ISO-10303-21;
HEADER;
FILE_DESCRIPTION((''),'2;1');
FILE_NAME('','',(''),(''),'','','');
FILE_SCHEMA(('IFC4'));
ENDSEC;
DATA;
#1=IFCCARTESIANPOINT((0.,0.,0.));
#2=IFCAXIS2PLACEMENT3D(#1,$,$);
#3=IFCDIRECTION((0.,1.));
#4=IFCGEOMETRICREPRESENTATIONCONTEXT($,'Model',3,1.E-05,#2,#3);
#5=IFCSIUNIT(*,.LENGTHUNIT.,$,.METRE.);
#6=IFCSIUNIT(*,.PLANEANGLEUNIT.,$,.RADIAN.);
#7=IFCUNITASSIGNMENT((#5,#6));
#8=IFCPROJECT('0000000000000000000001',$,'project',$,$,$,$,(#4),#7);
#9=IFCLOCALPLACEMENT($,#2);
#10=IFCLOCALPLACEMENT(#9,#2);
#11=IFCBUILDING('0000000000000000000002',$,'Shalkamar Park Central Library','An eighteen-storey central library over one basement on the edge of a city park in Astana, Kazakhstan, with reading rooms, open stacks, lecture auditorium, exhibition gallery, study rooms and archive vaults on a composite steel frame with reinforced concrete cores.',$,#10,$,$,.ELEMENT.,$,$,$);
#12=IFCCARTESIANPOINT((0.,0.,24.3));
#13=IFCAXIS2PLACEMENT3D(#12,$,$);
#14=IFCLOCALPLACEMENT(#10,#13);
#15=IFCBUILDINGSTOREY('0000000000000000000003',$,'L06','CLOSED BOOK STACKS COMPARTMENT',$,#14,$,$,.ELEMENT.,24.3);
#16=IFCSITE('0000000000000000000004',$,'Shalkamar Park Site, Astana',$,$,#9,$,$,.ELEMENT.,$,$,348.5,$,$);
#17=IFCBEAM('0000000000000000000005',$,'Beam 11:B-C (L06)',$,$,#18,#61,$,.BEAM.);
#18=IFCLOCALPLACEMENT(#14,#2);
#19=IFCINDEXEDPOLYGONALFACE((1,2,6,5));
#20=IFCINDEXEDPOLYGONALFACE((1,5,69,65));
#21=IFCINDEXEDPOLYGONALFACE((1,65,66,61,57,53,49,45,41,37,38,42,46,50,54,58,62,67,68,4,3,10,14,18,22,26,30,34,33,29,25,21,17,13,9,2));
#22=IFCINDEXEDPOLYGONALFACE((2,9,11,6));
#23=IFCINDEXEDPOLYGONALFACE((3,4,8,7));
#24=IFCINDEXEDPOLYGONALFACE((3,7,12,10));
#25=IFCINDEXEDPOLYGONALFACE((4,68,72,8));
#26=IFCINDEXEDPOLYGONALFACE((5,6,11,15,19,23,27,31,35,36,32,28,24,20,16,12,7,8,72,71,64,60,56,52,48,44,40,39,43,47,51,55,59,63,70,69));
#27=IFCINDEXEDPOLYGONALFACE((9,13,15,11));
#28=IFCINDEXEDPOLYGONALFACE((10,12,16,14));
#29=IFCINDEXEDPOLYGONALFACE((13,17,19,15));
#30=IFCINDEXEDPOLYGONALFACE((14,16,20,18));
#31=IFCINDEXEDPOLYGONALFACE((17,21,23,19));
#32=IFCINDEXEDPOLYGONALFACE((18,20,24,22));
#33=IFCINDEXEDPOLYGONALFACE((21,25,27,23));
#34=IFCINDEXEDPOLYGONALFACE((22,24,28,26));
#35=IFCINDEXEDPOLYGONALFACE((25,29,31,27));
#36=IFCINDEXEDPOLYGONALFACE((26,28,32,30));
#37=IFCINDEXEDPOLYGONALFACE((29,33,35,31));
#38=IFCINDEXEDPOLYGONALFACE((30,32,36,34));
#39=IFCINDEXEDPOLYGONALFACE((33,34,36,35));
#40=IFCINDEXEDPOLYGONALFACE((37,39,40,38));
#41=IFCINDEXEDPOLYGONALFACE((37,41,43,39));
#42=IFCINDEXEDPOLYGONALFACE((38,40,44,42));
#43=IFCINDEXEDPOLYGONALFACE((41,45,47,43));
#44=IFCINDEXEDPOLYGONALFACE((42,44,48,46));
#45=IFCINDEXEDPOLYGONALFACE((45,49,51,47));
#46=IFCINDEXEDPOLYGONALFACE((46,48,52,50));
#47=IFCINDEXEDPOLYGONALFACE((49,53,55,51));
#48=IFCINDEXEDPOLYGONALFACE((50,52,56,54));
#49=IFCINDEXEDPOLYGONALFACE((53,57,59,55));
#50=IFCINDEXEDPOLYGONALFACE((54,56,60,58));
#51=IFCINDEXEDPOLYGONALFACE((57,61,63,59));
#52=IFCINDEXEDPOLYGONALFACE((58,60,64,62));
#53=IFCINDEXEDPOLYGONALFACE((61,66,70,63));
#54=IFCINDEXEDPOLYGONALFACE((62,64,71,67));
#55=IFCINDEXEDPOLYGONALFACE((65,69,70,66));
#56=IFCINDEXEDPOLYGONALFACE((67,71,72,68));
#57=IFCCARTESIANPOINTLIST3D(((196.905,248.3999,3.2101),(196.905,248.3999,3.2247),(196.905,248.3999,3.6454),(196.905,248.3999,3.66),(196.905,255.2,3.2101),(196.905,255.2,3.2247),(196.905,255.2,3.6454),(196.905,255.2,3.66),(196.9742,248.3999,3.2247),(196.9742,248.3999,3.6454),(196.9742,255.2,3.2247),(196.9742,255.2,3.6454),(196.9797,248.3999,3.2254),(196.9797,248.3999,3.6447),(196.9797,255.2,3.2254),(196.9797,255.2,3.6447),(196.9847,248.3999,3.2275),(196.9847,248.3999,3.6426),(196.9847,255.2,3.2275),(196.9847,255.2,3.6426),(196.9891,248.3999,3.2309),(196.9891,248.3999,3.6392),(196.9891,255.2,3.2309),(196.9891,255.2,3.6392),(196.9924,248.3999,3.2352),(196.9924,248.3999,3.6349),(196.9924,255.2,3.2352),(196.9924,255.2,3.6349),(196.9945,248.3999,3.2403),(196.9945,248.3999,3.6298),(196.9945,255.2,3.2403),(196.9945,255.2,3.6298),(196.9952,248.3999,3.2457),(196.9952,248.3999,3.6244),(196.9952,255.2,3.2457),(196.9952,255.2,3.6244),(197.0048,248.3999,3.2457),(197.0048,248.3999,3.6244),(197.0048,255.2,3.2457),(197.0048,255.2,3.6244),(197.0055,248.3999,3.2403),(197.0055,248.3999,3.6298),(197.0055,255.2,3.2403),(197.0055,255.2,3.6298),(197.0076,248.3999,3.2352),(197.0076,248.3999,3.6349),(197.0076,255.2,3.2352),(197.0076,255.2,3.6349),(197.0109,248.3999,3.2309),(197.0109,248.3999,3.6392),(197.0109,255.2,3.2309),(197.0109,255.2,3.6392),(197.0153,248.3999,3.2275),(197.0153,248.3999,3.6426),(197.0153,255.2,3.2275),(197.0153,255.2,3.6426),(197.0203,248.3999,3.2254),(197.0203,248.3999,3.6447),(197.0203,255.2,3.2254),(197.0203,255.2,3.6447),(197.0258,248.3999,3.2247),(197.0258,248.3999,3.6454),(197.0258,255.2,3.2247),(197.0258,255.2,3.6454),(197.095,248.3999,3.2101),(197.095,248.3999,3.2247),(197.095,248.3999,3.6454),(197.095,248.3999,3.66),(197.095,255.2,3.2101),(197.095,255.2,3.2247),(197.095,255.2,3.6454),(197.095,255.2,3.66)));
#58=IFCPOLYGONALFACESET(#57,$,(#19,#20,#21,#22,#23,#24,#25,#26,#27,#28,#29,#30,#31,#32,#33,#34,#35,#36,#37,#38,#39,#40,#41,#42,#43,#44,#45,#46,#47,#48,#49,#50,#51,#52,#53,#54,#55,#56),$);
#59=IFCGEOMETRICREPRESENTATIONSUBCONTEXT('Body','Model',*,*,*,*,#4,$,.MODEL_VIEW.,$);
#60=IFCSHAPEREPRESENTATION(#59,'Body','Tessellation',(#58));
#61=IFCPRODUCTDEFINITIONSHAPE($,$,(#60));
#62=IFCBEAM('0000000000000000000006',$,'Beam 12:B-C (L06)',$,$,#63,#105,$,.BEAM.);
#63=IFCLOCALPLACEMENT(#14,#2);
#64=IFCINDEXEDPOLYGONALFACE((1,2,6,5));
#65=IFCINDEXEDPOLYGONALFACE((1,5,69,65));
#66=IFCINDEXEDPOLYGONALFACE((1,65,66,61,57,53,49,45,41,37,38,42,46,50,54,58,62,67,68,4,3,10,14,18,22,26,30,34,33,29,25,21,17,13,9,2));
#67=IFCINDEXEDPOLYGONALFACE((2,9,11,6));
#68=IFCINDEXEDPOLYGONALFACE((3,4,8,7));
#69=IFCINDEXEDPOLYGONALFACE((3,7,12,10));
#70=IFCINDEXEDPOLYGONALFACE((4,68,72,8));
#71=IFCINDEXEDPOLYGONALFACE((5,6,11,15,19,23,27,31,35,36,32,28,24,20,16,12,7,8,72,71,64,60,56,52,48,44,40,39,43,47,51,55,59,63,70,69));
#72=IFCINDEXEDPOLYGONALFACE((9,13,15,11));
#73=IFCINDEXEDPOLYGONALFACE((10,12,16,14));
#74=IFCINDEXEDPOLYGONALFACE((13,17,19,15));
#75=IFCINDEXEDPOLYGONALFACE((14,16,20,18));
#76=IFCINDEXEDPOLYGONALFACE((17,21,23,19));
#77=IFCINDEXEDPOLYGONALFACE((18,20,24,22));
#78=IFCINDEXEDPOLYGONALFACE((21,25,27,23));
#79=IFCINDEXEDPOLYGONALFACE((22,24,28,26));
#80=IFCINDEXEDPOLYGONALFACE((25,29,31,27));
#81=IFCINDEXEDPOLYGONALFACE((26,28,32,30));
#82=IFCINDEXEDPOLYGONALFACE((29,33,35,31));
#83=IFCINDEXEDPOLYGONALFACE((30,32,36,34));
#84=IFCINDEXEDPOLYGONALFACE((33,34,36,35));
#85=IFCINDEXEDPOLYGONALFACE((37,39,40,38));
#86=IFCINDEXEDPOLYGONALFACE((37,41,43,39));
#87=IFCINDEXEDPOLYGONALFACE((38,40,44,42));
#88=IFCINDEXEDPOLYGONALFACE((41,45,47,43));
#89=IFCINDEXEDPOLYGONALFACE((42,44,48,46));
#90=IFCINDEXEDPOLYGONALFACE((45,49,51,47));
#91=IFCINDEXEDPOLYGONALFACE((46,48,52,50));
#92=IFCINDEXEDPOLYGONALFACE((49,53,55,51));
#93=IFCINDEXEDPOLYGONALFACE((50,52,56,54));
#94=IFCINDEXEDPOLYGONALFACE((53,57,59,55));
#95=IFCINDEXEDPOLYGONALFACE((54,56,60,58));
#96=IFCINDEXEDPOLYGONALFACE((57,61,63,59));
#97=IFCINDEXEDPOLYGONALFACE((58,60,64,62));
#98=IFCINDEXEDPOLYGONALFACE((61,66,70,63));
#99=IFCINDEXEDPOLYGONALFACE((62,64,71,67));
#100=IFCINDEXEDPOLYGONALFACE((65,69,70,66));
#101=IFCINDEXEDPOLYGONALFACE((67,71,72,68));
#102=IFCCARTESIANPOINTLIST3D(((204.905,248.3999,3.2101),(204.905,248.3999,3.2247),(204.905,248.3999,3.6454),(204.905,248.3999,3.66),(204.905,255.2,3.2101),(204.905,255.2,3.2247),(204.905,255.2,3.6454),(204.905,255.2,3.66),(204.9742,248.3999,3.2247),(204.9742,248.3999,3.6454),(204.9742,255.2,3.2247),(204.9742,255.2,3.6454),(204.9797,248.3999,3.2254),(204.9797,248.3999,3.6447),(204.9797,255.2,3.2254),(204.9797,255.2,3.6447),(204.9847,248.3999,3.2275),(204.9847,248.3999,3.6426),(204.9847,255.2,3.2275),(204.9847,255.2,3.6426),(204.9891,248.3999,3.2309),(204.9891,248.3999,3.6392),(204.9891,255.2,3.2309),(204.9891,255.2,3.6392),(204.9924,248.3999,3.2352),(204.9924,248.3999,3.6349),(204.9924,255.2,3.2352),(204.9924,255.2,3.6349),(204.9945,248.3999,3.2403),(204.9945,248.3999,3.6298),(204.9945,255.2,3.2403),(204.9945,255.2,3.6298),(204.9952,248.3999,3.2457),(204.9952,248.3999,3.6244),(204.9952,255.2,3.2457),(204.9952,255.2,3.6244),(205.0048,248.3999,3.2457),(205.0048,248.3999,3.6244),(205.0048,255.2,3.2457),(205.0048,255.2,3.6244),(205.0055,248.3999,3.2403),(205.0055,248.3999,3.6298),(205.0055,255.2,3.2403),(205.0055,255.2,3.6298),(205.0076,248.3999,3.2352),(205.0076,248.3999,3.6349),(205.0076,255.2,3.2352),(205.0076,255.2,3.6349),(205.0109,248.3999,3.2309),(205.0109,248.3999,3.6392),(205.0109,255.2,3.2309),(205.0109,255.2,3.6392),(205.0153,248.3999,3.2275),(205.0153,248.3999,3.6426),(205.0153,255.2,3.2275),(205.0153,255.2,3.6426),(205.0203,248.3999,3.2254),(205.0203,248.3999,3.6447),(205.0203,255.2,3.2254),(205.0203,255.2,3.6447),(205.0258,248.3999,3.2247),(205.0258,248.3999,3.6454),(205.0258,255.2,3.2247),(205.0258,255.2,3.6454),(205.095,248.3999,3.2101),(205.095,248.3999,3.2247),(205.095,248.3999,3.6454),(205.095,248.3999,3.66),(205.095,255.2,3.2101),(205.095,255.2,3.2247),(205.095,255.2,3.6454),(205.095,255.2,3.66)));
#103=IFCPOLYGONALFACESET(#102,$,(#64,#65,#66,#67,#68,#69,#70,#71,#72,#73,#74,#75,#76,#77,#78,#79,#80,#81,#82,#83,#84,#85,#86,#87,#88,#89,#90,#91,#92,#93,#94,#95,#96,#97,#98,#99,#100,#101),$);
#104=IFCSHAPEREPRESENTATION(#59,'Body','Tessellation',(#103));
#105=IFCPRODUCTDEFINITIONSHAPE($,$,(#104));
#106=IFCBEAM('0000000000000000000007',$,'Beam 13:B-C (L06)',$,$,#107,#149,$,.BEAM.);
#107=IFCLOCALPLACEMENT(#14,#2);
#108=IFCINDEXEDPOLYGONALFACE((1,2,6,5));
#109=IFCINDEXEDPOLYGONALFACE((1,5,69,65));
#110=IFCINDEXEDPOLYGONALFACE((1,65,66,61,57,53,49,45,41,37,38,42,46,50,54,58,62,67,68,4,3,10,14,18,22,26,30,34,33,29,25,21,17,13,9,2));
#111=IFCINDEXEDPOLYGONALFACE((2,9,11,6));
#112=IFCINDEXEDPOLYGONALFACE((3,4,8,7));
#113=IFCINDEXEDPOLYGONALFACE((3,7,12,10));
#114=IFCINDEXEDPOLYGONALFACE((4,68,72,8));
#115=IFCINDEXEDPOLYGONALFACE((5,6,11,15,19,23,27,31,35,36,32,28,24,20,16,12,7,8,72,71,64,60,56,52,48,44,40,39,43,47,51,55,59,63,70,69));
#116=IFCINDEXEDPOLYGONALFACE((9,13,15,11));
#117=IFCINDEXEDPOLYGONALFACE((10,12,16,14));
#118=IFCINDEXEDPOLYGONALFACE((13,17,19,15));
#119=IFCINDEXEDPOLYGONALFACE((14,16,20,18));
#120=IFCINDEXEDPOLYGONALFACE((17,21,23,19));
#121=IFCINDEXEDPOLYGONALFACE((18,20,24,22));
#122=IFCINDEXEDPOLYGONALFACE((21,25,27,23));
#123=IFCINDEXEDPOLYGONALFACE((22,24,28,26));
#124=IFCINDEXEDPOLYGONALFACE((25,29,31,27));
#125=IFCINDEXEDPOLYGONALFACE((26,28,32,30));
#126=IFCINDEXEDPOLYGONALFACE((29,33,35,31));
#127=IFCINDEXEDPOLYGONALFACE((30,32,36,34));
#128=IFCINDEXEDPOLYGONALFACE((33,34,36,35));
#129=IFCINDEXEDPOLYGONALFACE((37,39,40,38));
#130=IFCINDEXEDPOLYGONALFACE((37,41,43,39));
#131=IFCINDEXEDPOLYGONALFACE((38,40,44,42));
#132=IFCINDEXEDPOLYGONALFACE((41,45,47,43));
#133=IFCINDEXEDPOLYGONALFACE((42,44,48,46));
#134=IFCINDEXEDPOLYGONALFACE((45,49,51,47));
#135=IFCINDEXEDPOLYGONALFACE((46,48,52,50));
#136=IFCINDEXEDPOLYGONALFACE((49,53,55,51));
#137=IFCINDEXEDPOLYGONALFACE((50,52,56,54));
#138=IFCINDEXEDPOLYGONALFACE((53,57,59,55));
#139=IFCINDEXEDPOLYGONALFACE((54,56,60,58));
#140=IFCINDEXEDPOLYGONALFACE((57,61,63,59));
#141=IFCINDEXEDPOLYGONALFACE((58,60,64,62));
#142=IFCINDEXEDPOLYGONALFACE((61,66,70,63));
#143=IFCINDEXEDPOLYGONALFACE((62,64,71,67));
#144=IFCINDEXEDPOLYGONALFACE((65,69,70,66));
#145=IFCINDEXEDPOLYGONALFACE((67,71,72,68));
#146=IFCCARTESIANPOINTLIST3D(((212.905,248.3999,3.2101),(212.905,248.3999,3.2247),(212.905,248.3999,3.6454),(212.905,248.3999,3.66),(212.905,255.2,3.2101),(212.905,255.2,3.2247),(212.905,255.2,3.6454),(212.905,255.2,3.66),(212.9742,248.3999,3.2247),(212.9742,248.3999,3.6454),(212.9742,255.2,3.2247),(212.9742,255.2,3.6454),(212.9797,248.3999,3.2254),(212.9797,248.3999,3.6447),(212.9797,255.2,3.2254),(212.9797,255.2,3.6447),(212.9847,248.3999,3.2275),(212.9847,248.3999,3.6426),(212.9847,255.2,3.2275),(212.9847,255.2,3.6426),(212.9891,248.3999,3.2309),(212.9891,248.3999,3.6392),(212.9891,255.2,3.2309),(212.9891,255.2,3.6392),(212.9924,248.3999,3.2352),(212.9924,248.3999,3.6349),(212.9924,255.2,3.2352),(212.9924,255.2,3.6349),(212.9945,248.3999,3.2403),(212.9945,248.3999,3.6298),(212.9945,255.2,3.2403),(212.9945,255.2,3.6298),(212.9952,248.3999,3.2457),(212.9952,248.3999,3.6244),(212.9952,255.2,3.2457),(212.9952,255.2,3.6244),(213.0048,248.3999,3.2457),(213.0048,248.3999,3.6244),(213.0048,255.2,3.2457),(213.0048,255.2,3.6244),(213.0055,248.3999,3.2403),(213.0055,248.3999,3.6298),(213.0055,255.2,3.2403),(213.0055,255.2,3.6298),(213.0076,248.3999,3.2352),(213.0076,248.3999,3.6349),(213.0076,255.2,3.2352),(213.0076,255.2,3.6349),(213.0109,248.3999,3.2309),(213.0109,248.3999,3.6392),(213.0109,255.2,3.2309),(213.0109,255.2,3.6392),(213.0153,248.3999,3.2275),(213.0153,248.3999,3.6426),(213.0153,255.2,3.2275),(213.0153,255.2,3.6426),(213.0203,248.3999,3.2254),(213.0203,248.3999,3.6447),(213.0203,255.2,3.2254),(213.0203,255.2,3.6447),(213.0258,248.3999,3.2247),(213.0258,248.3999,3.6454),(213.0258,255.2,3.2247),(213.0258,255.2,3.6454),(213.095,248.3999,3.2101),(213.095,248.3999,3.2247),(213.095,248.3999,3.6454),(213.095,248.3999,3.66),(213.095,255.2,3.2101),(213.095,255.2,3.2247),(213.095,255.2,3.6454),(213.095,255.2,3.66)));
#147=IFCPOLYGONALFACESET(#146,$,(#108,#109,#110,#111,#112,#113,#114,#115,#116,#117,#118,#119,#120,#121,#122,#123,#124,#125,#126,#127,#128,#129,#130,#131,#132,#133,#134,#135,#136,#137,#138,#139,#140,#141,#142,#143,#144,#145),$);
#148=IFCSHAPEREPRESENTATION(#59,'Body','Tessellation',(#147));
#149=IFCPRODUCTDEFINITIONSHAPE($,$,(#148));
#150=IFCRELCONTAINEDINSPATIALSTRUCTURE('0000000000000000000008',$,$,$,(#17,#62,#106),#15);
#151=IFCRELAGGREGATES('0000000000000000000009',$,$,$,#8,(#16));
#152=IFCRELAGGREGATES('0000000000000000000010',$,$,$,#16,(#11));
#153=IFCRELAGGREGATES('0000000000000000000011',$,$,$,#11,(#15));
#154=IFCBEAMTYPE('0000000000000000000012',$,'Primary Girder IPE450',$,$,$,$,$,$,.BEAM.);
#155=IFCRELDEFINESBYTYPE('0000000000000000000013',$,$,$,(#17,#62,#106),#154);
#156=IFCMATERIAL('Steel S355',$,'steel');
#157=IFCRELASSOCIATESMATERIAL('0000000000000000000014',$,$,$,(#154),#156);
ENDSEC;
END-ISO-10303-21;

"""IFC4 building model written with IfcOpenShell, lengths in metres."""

from ifc_helpers import new_model, si_unit, direction, frame, origin, origin_2d, place, context, subcontext, project, spatial, i_section, extrude, material, material_profile, profile_set, type_object, element, save


model = new_model("IFC4")

# Units and contexts
model_context = context("Model", 3, precision=1e-05, world=origin(), true_north=direction((0.0, 1.0)))
body_context = subcontext(model_context, "Body", "Model", "MODEL_VIEW")
ifc_project = project(units=[si_unit("LENGTHUNIT", "METRE"), si_unit("PLANEANGLEUNIT", "RADIAN")], contexts=[model_context])

# Site, building, storey
site_placement = place(None, origin())
site = spatial("IfcSite", under=ifc_project, at=site_placement, Name="Shalkamar Park Site, Astana", CompositionType="ELEMENT", RefElevation=348.5)
building_placement = place(site_placement, origin())
building = spatial("IfcBuilding", under=site, at=building_placement, Name="Shalkamar Park Central Library", Description="An eighteen-storey central library over one basement on the edge of a city park in Astana, Kazakhstan, with reading rooms, open stacks, lecture auditorium, exhibition gallery, study rooms and archive vaults on a composite steel frame with reinforced concrete cores.", CompositionType="ELEMENT")
storey_placement = place(building_placement, frame((0.0, 0.0, 24.3)))
storey = spatial("IfcBuildingStorey", under=building, at=storey_placement, Name="L06", Description="CLOSED BOOK STACKS COMPARTMENT", CompositionType="ELEMENT", Elevation=24.3)

# Shared definitions
ifc_material_1 = material(Name="Steel S355", Category="steel")

# Beams
ifc_material_profile_1 = material_profile(ifc_material_1, i_section(OverallWidth=0.1899, OverallDepth=0.45, WebThickness=0.0095, FlangeThickness=0.0146, FilletRadius=0.021, at=origin_2d()), Name="IPE 450")
ifc_profile_set_1 = profile_set([ifc_material_profile_1], Name="Steel S355")
beam_type_1 = type_object("IfcBeamType", Name="Primary Girder IPE450", PredefinedType="BEAM", material=ifc_profile_set_1)
for number, where, z_axis, x_axis, name in (
    (1, (197.0, 248.3999, 3.4351), (0.0, 1.0, 0.0), (-1.0, 0.0, 0.0), "Beam 11:B-C (L06)"),
    (2, (205.0, 248.3999, 3.4351), (0.0, 1.0, 0.0), (-1.0, 0.0, 0.0), "Beam 12:B-C (L06)"),
    (3, (213.0, 248.3999, 3.4351), (0.0, 1.0, 0.0), (-1.0, 0.0, 0.0), "Beam 13:B-C (L06)"),
):
    element("IfcBeam", number, at=place(storey_placement, frame(where, z_axis=z_axis, x_axis=x_axis)), inside=storey, type_object=beam_type_1, Name=name, PredefinedType="BEAM", context=body_context, shape_type="SweptSolid", body=[
        extrude(i_section(OverallWidth=0.1899, OverallDepth=0.45, WebThickness=0.0095, FlangeThickness=0.0146, FilletRadius=0.021, at=origin_2d()), origin(), (0.0, 0.0, 1.0), 6.8),
    ])

save(model, "model.ifc")
